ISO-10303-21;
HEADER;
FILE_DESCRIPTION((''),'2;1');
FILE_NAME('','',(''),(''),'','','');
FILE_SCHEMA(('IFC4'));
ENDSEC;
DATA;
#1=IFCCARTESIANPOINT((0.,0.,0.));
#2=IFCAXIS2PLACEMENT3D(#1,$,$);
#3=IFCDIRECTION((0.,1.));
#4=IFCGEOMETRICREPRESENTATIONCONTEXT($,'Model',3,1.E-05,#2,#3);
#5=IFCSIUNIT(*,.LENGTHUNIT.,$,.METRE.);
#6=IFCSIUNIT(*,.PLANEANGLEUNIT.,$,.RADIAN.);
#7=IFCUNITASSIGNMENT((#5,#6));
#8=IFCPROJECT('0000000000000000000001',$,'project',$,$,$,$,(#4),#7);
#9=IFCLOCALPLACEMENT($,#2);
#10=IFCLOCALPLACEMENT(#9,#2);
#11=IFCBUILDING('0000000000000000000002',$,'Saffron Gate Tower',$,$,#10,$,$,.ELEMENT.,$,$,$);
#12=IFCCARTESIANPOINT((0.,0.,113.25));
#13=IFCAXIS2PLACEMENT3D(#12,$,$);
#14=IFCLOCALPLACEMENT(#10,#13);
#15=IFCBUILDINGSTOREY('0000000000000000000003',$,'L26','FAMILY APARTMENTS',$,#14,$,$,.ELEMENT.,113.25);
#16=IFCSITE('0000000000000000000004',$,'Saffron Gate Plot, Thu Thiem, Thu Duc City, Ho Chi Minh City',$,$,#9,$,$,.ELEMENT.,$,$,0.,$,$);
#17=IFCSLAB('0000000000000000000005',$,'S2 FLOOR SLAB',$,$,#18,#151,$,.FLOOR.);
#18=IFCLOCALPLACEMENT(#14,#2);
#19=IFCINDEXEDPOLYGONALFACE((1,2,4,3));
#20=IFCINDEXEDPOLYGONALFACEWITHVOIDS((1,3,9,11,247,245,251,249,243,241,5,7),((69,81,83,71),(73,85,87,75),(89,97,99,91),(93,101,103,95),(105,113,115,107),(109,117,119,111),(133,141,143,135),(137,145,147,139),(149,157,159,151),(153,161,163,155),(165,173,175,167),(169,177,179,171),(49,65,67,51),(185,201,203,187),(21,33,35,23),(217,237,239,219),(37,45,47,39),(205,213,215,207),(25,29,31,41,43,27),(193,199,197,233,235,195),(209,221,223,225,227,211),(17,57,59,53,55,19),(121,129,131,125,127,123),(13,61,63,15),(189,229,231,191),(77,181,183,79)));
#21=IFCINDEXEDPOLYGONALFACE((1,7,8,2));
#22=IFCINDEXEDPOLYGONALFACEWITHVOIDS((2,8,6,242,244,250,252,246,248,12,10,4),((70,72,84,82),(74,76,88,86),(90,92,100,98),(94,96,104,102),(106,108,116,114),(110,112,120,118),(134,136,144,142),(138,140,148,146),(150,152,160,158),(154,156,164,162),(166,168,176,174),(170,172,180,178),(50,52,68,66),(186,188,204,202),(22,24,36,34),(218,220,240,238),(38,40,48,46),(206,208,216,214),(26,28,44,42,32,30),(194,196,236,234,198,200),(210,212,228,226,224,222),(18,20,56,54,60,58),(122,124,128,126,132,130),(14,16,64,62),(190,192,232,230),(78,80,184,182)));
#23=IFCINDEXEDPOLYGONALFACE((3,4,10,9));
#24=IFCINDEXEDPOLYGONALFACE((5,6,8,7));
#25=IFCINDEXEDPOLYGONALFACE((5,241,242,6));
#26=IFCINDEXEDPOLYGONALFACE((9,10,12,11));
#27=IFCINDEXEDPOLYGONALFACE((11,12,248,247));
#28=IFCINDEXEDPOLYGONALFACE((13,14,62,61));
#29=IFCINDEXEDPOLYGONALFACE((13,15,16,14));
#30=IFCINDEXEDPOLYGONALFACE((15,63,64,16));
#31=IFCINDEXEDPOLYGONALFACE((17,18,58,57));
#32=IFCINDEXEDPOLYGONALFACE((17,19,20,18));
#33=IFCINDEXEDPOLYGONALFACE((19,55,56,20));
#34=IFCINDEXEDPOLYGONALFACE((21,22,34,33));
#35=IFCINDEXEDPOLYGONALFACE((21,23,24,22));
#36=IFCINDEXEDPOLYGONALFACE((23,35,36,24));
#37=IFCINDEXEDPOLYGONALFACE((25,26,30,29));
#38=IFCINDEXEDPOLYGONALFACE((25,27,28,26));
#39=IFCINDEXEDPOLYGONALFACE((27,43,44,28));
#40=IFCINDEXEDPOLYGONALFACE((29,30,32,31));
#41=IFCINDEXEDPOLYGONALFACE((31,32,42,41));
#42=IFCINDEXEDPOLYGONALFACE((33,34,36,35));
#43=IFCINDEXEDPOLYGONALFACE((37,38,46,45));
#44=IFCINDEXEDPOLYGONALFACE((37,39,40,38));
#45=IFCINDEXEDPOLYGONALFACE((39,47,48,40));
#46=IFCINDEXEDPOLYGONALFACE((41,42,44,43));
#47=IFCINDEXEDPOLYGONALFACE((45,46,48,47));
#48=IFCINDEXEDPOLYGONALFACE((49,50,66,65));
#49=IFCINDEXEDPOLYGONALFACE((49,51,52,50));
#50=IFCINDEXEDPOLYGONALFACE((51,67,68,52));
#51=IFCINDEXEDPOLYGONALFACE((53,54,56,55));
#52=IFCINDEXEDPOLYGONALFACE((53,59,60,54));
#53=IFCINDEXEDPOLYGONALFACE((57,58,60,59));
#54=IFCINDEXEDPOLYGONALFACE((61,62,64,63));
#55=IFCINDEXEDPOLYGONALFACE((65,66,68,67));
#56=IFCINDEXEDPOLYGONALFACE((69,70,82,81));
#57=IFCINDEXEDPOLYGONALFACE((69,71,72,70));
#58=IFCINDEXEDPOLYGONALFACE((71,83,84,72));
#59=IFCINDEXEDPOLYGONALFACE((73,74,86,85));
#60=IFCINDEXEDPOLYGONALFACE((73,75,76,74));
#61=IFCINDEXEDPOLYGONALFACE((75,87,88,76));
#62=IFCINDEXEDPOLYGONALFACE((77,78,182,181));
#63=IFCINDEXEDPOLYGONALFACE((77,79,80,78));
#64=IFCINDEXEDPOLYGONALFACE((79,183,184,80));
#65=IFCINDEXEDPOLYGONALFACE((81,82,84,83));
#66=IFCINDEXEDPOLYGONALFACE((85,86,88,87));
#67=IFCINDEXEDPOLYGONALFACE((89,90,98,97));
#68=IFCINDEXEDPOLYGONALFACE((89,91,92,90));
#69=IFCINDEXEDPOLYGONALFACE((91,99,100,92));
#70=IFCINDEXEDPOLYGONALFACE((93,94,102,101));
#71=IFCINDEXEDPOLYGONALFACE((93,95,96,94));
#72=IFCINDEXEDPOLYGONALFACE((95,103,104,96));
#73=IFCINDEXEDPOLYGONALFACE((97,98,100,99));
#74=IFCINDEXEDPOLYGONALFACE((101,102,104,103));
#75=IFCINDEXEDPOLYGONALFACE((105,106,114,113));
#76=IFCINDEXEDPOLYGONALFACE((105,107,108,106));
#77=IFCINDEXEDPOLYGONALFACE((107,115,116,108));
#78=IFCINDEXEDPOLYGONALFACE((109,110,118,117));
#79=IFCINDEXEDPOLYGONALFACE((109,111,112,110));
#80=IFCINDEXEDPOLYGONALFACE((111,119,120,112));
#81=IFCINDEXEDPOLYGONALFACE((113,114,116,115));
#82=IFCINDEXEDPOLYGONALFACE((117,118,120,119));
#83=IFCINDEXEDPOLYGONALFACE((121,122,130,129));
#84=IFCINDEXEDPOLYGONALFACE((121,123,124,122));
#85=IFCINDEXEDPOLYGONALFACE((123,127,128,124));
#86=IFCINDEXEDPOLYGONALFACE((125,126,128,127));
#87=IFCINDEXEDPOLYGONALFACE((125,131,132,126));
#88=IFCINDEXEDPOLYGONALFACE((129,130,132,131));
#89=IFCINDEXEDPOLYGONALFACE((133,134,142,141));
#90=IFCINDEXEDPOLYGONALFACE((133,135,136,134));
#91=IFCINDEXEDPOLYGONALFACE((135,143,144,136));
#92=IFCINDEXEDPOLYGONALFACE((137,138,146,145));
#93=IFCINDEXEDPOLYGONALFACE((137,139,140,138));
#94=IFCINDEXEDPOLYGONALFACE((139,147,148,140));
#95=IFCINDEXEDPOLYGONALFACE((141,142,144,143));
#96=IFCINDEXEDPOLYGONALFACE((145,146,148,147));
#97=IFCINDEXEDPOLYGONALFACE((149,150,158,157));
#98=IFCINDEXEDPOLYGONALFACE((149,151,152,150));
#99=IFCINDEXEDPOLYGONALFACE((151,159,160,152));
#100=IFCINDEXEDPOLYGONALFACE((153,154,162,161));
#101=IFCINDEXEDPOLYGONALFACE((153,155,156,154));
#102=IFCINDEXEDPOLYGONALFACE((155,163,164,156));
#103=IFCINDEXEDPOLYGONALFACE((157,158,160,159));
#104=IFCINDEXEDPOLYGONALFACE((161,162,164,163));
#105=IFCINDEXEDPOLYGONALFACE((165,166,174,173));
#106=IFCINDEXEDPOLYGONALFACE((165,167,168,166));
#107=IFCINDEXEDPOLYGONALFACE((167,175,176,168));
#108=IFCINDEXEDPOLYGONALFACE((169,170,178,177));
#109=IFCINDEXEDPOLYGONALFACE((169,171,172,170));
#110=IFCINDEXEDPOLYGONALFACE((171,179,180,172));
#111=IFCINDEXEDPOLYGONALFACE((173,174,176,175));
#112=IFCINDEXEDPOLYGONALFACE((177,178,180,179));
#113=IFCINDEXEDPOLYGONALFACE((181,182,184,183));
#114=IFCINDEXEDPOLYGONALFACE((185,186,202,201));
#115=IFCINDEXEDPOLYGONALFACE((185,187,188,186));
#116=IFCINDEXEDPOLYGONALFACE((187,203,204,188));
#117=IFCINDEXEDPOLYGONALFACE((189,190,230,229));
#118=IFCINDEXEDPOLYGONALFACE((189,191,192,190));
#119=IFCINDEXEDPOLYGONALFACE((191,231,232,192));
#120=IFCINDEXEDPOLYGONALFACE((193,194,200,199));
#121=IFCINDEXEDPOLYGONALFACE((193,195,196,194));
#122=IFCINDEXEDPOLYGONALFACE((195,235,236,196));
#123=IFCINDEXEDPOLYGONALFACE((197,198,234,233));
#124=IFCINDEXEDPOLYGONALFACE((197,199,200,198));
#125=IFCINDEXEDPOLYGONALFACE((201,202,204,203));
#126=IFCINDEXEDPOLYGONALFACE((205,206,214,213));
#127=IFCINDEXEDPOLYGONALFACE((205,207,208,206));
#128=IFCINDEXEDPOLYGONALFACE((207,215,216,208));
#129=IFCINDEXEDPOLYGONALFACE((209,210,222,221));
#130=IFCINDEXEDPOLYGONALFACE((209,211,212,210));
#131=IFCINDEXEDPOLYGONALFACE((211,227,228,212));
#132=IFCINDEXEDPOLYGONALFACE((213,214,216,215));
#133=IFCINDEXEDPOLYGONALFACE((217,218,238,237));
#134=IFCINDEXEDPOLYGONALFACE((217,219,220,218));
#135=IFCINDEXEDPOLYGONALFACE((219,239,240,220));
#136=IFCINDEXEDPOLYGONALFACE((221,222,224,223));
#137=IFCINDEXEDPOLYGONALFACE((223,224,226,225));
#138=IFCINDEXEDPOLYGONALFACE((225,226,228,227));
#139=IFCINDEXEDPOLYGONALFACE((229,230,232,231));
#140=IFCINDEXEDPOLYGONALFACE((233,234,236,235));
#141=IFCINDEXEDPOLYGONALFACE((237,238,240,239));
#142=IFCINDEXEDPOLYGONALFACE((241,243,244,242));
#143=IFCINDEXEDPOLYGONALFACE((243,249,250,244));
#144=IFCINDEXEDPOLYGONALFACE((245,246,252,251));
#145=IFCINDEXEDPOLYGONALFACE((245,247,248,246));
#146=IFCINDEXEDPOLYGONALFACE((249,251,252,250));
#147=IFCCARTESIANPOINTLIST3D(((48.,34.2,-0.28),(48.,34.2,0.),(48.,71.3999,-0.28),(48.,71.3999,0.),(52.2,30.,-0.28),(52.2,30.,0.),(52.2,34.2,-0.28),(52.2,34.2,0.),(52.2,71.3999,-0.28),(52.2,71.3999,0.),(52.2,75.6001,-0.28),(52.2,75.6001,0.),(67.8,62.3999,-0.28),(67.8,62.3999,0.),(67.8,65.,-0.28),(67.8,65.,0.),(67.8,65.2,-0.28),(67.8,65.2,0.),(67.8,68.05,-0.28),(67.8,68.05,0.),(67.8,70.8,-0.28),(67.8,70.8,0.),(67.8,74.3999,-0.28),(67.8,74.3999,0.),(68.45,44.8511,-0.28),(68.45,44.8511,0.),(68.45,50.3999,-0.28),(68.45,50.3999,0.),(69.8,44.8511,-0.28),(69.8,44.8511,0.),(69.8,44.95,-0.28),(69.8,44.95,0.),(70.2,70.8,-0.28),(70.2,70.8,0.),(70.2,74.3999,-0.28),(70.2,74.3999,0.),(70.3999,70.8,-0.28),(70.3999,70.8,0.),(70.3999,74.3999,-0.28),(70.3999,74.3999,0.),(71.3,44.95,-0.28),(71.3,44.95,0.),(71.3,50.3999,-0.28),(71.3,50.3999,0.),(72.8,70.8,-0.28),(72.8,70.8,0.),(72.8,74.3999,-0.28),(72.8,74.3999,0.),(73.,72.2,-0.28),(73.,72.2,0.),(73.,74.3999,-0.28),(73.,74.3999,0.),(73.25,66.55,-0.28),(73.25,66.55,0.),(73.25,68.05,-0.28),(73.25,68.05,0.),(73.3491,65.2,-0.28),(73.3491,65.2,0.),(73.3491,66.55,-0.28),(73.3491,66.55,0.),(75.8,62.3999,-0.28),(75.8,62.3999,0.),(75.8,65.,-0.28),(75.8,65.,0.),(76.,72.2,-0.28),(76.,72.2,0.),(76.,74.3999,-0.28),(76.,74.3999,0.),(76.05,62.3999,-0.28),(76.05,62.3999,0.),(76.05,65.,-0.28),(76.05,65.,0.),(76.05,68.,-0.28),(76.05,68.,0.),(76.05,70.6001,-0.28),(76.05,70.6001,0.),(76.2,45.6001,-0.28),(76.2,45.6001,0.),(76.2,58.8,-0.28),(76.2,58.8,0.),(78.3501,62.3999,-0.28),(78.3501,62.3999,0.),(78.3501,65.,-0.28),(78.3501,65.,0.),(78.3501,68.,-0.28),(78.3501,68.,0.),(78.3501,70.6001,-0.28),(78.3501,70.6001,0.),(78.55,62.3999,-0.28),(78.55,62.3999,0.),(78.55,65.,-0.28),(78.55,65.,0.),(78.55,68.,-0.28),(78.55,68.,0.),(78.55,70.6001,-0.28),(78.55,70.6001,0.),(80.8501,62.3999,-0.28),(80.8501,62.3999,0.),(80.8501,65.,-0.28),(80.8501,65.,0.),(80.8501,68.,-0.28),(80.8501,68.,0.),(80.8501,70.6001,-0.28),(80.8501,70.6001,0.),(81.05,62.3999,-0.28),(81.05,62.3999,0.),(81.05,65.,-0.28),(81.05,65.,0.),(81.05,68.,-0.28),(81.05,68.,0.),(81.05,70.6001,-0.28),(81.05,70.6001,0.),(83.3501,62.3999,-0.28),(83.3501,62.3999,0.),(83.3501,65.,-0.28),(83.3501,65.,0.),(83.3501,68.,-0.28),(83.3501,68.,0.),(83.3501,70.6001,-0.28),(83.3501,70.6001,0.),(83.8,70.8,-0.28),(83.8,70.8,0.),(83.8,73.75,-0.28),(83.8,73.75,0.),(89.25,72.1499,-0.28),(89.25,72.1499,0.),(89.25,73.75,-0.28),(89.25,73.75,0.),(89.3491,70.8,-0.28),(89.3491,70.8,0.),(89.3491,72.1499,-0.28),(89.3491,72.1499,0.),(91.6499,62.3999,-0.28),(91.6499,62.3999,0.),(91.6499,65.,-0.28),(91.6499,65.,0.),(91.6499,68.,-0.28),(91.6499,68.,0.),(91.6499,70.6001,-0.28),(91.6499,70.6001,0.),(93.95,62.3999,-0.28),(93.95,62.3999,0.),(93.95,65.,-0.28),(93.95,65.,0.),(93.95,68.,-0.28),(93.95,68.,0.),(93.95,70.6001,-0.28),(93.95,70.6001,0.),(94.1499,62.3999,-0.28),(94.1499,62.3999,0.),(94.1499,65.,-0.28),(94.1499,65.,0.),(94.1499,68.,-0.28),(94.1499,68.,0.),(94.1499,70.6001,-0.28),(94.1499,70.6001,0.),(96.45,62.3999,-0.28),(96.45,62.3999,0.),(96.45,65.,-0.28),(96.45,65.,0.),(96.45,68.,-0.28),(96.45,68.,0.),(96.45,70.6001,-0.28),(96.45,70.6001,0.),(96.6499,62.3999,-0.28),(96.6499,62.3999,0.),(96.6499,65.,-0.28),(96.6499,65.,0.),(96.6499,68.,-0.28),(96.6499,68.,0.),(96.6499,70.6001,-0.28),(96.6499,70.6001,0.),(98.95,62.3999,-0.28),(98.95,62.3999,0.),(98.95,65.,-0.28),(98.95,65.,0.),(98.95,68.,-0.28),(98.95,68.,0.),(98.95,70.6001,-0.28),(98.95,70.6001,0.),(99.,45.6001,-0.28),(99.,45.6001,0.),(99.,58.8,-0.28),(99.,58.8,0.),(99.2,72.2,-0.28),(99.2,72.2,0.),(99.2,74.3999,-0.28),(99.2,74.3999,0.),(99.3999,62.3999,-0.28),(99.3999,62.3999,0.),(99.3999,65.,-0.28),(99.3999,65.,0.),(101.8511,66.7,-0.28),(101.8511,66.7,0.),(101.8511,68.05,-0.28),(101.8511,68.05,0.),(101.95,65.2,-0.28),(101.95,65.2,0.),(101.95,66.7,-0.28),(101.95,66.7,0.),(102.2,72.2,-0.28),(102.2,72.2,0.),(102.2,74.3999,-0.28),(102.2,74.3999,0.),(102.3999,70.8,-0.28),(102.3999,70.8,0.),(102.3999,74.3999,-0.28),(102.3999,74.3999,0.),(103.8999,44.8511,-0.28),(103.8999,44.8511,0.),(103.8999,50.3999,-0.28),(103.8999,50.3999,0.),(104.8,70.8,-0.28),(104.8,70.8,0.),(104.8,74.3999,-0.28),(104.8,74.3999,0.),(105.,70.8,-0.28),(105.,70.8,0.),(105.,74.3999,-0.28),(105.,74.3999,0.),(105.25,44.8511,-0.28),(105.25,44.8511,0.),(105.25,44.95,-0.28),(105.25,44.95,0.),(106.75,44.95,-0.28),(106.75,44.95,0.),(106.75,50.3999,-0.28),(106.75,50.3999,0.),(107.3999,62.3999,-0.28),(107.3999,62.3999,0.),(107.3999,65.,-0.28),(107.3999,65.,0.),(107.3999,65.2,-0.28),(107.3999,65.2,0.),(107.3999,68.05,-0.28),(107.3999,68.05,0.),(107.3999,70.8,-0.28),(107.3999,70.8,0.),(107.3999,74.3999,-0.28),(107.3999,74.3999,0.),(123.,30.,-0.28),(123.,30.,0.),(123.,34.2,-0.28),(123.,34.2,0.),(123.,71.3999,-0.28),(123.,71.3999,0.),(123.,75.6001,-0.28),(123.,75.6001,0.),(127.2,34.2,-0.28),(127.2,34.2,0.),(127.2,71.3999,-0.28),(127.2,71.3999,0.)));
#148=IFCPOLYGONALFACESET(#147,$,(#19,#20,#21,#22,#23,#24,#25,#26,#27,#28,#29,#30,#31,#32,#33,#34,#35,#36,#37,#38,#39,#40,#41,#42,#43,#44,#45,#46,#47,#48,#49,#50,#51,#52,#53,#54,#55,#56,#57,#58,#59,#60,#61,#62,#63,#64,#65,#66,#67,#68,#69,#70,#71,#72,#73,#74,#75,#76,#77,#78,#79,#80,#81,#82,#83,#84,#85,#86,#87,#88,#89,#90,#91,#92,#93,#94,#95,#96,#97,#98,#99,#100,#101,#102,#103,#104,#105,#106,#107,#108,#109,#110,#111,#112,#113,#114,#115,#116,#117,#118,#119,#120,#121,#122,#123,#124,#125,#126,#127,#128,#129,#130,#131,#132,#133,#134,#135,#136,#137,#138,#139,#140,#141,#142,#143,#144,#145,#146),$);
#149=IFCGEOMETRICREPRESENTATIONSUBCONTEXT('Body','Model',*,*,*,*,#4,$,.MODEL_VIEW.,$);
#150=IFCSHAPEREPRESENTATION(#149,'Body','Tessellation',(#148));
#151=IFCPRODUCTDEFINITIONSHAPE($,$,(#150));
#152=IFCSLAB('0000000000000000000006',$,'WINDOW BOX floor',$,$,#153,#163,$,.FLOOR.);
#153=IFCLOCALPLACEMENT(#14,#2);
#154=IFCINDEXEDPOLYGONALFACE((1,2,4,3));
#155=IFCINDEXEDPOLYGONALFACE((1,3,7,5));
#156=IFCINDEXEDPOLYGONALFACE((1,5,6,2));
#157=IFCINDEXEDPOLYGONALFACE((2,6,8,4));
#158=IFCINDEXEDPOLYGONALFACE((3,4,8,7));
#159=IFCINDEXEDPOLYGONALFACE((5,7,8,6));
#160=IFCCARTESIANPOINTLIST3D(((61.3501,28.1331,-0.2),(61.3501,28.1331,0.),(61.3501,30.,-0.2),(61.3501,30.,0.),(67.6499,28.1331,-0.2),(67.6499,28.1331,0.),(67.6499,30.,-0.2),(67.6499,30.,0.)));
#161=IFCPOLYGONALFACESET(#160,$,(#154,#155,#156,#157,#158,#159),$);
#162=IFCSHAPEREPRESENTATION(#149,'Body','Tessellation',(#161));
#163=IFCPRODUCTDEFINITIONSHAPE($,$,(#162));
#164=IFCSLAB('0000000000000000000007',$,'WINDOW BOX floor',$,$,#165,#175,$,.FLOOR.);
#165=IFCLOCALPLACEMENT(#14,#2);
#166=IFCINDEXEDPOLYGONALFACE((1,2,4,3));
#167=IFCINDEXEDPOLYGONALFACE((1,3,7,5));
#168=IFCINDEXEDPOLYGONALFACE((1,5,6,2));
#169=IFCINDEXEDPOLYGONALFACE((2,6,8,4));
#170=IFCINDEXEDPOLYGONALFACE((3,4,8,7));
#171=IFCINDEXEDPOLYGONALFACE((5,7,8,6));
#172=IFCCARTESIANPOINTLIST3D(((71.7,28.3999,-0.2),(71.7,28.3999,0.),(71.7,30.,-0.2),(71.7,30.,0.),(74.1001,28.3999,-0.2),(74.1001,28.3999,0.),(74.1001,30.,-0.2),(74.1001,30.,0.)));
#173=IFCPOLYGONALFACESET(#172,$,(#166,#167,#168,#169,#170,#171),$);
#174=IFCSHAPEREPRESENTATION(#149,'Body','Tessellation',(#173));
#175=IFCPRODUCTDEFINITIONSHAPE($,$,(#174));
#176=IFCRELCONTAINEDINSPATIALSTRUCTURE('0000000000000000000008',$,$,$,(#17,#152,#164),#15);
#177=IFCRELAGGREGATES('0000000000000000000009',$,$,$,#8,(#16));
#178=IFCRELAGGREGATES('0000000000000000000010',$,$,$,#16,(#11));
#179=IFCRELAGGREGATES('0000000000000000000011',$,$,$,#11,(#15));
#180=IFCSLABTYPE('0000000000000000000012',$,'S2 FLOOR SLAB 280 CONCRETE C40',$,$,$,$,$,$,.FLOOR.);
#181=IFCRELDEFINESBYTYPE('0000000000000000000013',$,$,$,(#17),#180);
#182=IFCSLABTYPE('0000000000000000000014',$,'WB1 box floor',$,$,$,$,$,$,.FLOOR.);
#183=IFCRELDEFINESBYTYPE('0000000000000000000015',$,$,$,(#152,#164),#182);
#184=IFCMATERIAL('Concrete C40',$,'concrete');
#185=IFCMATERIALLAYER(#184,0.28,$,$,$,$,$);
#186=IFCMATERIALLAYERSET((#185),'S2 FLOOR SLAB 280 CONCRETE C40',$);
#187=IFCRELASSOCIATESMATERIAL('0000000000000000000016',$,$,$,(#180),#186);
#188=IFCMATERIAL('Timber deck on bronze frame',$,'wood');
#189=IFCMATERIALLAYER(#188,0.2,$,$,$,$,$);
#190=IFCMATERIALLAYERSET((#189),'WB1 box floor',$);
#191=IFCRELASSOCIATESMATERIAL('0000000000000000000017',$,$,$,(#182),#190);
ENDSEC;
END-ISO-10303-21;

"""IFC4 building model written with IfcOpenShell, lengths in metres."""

from ifc_helpers import new_model, si_unit, direction, frame, origin, place, context, subcontext, project, spatial, polyline, outline, extrude, material, layer, layer_set, type_object, element, save


model = new_model("IFC4")

# Units and contexts
model_context = context("Model", 3, precision=1e-05, world=origin(), true_north=direction((0.0, 1.0)))
body_context = subcontext(model_context, "Body", "Model", "MODEL_VIEW")
ifc_project = project(units=[si_unit("LENGTHUNIT", "METRE"), si_unit("PLANEANGLEUNIT", "RADIAN")], contexts=[model_context])

# Site, building, storey
site_placement = place(None, origin())
site = spatial("IfcSite", under=ifc_project, at=site_placement, Name="Saffron Gate Plot, Thu Thiem, Thu Duc City, Ho Chi Minh City", CompositionType="ELEMENT", RefElevation=0.0)
building_placement = place(site_placement, origin())
building = spatial("IfcBuilding", under=site, at=building_placement, Name="Saffron Gate Tower", CompositionType="ELEMENT")
storey_placement = place(building_placement, frame((0.0, 0.0, 113.25)))
storey = spatial("IfcBuildingStorey", under=building, at=storey_placement, Name="L26", Description="FAMILY APARTMENTS", CompositionType="ELEMENT", Elevation=113.25)

# Slabs
ifc_material_1 = material(Name="Concrete C40", Category="concrete")
ifc_layer_1 = layer(ifc_material_1, 0.28)
ifc_layer_set_1 = layer_set([ifc_layer_1], Name="S2 FLOOR SLAB 280 CONCRETE C40")
slab_type_1 = type_object("IfcSlabType", Name="S2 FLOOR SLAB 280 CONCRETE C40", PredefinedType="FLOOR", material=ifc_layer_set_1)
slab_1_placement = place(storey_placement, frame((0.0, 0.0, -0.28)))
element("IfcSlab", 1, at=slab_1_placement, inside=storey, type_object=slab_type_1, Name="S2 FLOOR SLAB", PredefinedType="FLOOR", context=body_context, shape_type="SweptSolid", body=[
    extrude(outline(polyline([(48.0, 34.2), (52.2, 34.2), (52.2, 30.0), (123.0, 30.0), (123.0, 34.2), (127.2, 34.2), (127.2, 71.3999), (123.0, 71.3999), (123.0, 75.6001), (52.2, 75.6001), (52.2, 71.3999), (48.0, 71.3999), (48.0, 34.2)]), holes=[polyline([(67.8, 62.3999), (67.8, 65.0), (75.8, 65.0), (75.8, 62.3999), (67.8, 62.3999)]), polyline([(67.8, 65.2), (67.8, 68.05), (73.25, 68.05), (73.25, 66.55), (73.3491, 66.55), (73.3491, 65.2), (67.8, 65.2)]), polyline([(67.8, 70.8), (67.8, 74.3999), (70.2, 74.3999), (70.2, 70.8), (67.8, 70.8)]), polyline([(68.45, 44.8511), (68.45, 50.3999), (71.3, 50.3999), (71.3, 44.95), (69.8, 44.95), (69.8, 44.8511), (68.45, 44.8511)]), polyline([(70.3999, 70.8), (70.3999, 74.3999), (72.8, 74.3999), (72.8, 70.8), (70.3999, 70.8)]), polyline([(73.0, 72.2), (73.0, 74.3999), (76.0, 74.3999), (76.0, 72.2), (73.0, 72.2)]), polyline([(76.05, 62.3999), (76.05, 65.0), (78.3501, 65.0), (78.3501, 62.3999), (76.05, 62.3999)]), polyline([(76.05, 68.0), (76.05, 70.6001), (78.3501, 70.6001), (78.3501, 68.0), (76.05, 68.0)]), polyline([(76.2, 45.6001), (76.2, 58.8), (99.0, 58.8), (99.0, 45.6001), (76.2, 45.6001)]), polyline([(78.55, 62.3999), (78.55, 65.0), (80.8501, 65.0), (80.8501, 62.3999), (78.55, 62.3999)]), polyline([(78.55, 68.0), (78.55, 70.6001), (80.8501, 70.6001), (80.8501, 68.0), (78.55, 68.0)]), polyline([(81.05, 62.3999), (81.05, 65.0), (83.3501, 65.0), (83.3501, 62.3999), (81.05, 62.3999)]), polyline([(81.05, 68.0), (81.05, 70.6001), (83.3501, 70.6001), (83.3501, 68.0), (81.05, 68.0)]), polyline([(83.8, 70.8), (83.8, 73.75), (89.25, 73.75), (89.25, 72.1499), (89.3491, 72.1499), (89.3491, 70.8), (83.8, 70.8)]), polyline([(91.6499, 62.3999), (91.6499, 65.0), (93.95, 65.0), (93.95, 62.3999), (91.6499, 62.3999)]), polyline([(91.6499, 68.0), (91.6499, 70.6001), (93.95, 70.6001), (93.95, 68.0), (91.6499, 68.0)]), polyline([(94.1499, 62.3999), (94.1499, 65.0), (96.45, 65.0), (96.45, 62.3999), (94.1499, 62.3999)]), polyline([(94.1499, 68.0), (94.1499, 70.6001), (96.45, 70.6001), (96.45, 68.0), (94.1499, 68.0)]), polyline([(96.6499, 62.3999), (96.6499, 65.0), (98.95, 65.0), (98.95, 62.3999), (96.6499, 62.3999)]), polyline([(96.6499, 68.0), (96.6499, 70.6001), (98.95, 70.6001), (98.95, 68.0), (96.6499, 68.0)]), polyline([(99.2, 72.2), (99.2, 74.3999), (102.2, 74.3999), (102.2, 72.2), (99.2, 72.2)]), polyline([(99.3999, 62.3999), (99.3999, 65.0), (107.3999, 65.0), (107.3999, 62.3999), (99.3999, 62.3999)]), polyline([(101.8511, 66.7), (101.8511, 68.05), (107.3999, 68.05), (107.3999, 65.2), (101.95, 65.2), (101.95, 66.7), (101.8511, 66.7)]), polyline([(102.3999, 70.8), (102.3999, 74.3999), (104.8, 74.3999), (104.8, 70.8), (102.3999, 70.8)]), polyline([(103.8999, 44.8511), (103.8999, 50.3999), (106.75, 50.3999), (106.75, 44.95), (105.25, 44.95), (105.25, 44.8511), (103.8999, 44.8511)]), polyline([(105.0, 70.8), (105.0, 74.3999), (107.3999, 74.3999), (107.3999, 70.8), (105.0, 70.8)])]), origin(), (0.0, 0.0, 1.0), 0.28),
])
ifc_material_2 = material(Name="Timber deck on bronze frame", Category="wood")
ifc_layer_2 = layer(ifc_material_2, 0.2)
ifc_layer_set_2 = layer_set([ifc_layer_2], Name="WB1 box floor")
slab_type_2 = type_object("IfcSlabType", Name="WB1 box floor", PredefinedType="FLOOR", material=ifc_layer_set_2)
slab_2_placement = place(storey_placement, frame((0.0, 0.0, -0.2)))
element("IfcSlab", 2, at=slab_2_placement, inside=storey, type_object=slab_type_2, Name="WINDOW BOX floor", PredefinedType="FLOOR", context=body_context, shape_type="SweptSolid", body=[
    extrude(outline(polyline([(61.3501, 30.0), (67.6499, 30.0), (67.6499, 28.1331), (61.3501, 28.1331), (61.3501, 30.0)])), origin(), (0.0, 0.0, 1.0), 0.2),
])
slab_3_placement = place(storey_placement, frame((0.0, 0.0, -0.2)))
element("IfcSlab", 3, at=slab_3_placement, inside=storey, type_object=slab_type_2, Name="WINDOW BOX floor", PredefinedType="FLOOR", context=body_context, shape_type="SweptSolid", body=[
    extrude(outline(polyline([(71.7, 30.0), (74.1001, 30.0), (74.1001, 28.3999), (71.7, 28.3999), (71.7, 30.0)])), origin(), (0.0, 0.0, 1.0), 0.2),
])

save(model, "model.ifc")
